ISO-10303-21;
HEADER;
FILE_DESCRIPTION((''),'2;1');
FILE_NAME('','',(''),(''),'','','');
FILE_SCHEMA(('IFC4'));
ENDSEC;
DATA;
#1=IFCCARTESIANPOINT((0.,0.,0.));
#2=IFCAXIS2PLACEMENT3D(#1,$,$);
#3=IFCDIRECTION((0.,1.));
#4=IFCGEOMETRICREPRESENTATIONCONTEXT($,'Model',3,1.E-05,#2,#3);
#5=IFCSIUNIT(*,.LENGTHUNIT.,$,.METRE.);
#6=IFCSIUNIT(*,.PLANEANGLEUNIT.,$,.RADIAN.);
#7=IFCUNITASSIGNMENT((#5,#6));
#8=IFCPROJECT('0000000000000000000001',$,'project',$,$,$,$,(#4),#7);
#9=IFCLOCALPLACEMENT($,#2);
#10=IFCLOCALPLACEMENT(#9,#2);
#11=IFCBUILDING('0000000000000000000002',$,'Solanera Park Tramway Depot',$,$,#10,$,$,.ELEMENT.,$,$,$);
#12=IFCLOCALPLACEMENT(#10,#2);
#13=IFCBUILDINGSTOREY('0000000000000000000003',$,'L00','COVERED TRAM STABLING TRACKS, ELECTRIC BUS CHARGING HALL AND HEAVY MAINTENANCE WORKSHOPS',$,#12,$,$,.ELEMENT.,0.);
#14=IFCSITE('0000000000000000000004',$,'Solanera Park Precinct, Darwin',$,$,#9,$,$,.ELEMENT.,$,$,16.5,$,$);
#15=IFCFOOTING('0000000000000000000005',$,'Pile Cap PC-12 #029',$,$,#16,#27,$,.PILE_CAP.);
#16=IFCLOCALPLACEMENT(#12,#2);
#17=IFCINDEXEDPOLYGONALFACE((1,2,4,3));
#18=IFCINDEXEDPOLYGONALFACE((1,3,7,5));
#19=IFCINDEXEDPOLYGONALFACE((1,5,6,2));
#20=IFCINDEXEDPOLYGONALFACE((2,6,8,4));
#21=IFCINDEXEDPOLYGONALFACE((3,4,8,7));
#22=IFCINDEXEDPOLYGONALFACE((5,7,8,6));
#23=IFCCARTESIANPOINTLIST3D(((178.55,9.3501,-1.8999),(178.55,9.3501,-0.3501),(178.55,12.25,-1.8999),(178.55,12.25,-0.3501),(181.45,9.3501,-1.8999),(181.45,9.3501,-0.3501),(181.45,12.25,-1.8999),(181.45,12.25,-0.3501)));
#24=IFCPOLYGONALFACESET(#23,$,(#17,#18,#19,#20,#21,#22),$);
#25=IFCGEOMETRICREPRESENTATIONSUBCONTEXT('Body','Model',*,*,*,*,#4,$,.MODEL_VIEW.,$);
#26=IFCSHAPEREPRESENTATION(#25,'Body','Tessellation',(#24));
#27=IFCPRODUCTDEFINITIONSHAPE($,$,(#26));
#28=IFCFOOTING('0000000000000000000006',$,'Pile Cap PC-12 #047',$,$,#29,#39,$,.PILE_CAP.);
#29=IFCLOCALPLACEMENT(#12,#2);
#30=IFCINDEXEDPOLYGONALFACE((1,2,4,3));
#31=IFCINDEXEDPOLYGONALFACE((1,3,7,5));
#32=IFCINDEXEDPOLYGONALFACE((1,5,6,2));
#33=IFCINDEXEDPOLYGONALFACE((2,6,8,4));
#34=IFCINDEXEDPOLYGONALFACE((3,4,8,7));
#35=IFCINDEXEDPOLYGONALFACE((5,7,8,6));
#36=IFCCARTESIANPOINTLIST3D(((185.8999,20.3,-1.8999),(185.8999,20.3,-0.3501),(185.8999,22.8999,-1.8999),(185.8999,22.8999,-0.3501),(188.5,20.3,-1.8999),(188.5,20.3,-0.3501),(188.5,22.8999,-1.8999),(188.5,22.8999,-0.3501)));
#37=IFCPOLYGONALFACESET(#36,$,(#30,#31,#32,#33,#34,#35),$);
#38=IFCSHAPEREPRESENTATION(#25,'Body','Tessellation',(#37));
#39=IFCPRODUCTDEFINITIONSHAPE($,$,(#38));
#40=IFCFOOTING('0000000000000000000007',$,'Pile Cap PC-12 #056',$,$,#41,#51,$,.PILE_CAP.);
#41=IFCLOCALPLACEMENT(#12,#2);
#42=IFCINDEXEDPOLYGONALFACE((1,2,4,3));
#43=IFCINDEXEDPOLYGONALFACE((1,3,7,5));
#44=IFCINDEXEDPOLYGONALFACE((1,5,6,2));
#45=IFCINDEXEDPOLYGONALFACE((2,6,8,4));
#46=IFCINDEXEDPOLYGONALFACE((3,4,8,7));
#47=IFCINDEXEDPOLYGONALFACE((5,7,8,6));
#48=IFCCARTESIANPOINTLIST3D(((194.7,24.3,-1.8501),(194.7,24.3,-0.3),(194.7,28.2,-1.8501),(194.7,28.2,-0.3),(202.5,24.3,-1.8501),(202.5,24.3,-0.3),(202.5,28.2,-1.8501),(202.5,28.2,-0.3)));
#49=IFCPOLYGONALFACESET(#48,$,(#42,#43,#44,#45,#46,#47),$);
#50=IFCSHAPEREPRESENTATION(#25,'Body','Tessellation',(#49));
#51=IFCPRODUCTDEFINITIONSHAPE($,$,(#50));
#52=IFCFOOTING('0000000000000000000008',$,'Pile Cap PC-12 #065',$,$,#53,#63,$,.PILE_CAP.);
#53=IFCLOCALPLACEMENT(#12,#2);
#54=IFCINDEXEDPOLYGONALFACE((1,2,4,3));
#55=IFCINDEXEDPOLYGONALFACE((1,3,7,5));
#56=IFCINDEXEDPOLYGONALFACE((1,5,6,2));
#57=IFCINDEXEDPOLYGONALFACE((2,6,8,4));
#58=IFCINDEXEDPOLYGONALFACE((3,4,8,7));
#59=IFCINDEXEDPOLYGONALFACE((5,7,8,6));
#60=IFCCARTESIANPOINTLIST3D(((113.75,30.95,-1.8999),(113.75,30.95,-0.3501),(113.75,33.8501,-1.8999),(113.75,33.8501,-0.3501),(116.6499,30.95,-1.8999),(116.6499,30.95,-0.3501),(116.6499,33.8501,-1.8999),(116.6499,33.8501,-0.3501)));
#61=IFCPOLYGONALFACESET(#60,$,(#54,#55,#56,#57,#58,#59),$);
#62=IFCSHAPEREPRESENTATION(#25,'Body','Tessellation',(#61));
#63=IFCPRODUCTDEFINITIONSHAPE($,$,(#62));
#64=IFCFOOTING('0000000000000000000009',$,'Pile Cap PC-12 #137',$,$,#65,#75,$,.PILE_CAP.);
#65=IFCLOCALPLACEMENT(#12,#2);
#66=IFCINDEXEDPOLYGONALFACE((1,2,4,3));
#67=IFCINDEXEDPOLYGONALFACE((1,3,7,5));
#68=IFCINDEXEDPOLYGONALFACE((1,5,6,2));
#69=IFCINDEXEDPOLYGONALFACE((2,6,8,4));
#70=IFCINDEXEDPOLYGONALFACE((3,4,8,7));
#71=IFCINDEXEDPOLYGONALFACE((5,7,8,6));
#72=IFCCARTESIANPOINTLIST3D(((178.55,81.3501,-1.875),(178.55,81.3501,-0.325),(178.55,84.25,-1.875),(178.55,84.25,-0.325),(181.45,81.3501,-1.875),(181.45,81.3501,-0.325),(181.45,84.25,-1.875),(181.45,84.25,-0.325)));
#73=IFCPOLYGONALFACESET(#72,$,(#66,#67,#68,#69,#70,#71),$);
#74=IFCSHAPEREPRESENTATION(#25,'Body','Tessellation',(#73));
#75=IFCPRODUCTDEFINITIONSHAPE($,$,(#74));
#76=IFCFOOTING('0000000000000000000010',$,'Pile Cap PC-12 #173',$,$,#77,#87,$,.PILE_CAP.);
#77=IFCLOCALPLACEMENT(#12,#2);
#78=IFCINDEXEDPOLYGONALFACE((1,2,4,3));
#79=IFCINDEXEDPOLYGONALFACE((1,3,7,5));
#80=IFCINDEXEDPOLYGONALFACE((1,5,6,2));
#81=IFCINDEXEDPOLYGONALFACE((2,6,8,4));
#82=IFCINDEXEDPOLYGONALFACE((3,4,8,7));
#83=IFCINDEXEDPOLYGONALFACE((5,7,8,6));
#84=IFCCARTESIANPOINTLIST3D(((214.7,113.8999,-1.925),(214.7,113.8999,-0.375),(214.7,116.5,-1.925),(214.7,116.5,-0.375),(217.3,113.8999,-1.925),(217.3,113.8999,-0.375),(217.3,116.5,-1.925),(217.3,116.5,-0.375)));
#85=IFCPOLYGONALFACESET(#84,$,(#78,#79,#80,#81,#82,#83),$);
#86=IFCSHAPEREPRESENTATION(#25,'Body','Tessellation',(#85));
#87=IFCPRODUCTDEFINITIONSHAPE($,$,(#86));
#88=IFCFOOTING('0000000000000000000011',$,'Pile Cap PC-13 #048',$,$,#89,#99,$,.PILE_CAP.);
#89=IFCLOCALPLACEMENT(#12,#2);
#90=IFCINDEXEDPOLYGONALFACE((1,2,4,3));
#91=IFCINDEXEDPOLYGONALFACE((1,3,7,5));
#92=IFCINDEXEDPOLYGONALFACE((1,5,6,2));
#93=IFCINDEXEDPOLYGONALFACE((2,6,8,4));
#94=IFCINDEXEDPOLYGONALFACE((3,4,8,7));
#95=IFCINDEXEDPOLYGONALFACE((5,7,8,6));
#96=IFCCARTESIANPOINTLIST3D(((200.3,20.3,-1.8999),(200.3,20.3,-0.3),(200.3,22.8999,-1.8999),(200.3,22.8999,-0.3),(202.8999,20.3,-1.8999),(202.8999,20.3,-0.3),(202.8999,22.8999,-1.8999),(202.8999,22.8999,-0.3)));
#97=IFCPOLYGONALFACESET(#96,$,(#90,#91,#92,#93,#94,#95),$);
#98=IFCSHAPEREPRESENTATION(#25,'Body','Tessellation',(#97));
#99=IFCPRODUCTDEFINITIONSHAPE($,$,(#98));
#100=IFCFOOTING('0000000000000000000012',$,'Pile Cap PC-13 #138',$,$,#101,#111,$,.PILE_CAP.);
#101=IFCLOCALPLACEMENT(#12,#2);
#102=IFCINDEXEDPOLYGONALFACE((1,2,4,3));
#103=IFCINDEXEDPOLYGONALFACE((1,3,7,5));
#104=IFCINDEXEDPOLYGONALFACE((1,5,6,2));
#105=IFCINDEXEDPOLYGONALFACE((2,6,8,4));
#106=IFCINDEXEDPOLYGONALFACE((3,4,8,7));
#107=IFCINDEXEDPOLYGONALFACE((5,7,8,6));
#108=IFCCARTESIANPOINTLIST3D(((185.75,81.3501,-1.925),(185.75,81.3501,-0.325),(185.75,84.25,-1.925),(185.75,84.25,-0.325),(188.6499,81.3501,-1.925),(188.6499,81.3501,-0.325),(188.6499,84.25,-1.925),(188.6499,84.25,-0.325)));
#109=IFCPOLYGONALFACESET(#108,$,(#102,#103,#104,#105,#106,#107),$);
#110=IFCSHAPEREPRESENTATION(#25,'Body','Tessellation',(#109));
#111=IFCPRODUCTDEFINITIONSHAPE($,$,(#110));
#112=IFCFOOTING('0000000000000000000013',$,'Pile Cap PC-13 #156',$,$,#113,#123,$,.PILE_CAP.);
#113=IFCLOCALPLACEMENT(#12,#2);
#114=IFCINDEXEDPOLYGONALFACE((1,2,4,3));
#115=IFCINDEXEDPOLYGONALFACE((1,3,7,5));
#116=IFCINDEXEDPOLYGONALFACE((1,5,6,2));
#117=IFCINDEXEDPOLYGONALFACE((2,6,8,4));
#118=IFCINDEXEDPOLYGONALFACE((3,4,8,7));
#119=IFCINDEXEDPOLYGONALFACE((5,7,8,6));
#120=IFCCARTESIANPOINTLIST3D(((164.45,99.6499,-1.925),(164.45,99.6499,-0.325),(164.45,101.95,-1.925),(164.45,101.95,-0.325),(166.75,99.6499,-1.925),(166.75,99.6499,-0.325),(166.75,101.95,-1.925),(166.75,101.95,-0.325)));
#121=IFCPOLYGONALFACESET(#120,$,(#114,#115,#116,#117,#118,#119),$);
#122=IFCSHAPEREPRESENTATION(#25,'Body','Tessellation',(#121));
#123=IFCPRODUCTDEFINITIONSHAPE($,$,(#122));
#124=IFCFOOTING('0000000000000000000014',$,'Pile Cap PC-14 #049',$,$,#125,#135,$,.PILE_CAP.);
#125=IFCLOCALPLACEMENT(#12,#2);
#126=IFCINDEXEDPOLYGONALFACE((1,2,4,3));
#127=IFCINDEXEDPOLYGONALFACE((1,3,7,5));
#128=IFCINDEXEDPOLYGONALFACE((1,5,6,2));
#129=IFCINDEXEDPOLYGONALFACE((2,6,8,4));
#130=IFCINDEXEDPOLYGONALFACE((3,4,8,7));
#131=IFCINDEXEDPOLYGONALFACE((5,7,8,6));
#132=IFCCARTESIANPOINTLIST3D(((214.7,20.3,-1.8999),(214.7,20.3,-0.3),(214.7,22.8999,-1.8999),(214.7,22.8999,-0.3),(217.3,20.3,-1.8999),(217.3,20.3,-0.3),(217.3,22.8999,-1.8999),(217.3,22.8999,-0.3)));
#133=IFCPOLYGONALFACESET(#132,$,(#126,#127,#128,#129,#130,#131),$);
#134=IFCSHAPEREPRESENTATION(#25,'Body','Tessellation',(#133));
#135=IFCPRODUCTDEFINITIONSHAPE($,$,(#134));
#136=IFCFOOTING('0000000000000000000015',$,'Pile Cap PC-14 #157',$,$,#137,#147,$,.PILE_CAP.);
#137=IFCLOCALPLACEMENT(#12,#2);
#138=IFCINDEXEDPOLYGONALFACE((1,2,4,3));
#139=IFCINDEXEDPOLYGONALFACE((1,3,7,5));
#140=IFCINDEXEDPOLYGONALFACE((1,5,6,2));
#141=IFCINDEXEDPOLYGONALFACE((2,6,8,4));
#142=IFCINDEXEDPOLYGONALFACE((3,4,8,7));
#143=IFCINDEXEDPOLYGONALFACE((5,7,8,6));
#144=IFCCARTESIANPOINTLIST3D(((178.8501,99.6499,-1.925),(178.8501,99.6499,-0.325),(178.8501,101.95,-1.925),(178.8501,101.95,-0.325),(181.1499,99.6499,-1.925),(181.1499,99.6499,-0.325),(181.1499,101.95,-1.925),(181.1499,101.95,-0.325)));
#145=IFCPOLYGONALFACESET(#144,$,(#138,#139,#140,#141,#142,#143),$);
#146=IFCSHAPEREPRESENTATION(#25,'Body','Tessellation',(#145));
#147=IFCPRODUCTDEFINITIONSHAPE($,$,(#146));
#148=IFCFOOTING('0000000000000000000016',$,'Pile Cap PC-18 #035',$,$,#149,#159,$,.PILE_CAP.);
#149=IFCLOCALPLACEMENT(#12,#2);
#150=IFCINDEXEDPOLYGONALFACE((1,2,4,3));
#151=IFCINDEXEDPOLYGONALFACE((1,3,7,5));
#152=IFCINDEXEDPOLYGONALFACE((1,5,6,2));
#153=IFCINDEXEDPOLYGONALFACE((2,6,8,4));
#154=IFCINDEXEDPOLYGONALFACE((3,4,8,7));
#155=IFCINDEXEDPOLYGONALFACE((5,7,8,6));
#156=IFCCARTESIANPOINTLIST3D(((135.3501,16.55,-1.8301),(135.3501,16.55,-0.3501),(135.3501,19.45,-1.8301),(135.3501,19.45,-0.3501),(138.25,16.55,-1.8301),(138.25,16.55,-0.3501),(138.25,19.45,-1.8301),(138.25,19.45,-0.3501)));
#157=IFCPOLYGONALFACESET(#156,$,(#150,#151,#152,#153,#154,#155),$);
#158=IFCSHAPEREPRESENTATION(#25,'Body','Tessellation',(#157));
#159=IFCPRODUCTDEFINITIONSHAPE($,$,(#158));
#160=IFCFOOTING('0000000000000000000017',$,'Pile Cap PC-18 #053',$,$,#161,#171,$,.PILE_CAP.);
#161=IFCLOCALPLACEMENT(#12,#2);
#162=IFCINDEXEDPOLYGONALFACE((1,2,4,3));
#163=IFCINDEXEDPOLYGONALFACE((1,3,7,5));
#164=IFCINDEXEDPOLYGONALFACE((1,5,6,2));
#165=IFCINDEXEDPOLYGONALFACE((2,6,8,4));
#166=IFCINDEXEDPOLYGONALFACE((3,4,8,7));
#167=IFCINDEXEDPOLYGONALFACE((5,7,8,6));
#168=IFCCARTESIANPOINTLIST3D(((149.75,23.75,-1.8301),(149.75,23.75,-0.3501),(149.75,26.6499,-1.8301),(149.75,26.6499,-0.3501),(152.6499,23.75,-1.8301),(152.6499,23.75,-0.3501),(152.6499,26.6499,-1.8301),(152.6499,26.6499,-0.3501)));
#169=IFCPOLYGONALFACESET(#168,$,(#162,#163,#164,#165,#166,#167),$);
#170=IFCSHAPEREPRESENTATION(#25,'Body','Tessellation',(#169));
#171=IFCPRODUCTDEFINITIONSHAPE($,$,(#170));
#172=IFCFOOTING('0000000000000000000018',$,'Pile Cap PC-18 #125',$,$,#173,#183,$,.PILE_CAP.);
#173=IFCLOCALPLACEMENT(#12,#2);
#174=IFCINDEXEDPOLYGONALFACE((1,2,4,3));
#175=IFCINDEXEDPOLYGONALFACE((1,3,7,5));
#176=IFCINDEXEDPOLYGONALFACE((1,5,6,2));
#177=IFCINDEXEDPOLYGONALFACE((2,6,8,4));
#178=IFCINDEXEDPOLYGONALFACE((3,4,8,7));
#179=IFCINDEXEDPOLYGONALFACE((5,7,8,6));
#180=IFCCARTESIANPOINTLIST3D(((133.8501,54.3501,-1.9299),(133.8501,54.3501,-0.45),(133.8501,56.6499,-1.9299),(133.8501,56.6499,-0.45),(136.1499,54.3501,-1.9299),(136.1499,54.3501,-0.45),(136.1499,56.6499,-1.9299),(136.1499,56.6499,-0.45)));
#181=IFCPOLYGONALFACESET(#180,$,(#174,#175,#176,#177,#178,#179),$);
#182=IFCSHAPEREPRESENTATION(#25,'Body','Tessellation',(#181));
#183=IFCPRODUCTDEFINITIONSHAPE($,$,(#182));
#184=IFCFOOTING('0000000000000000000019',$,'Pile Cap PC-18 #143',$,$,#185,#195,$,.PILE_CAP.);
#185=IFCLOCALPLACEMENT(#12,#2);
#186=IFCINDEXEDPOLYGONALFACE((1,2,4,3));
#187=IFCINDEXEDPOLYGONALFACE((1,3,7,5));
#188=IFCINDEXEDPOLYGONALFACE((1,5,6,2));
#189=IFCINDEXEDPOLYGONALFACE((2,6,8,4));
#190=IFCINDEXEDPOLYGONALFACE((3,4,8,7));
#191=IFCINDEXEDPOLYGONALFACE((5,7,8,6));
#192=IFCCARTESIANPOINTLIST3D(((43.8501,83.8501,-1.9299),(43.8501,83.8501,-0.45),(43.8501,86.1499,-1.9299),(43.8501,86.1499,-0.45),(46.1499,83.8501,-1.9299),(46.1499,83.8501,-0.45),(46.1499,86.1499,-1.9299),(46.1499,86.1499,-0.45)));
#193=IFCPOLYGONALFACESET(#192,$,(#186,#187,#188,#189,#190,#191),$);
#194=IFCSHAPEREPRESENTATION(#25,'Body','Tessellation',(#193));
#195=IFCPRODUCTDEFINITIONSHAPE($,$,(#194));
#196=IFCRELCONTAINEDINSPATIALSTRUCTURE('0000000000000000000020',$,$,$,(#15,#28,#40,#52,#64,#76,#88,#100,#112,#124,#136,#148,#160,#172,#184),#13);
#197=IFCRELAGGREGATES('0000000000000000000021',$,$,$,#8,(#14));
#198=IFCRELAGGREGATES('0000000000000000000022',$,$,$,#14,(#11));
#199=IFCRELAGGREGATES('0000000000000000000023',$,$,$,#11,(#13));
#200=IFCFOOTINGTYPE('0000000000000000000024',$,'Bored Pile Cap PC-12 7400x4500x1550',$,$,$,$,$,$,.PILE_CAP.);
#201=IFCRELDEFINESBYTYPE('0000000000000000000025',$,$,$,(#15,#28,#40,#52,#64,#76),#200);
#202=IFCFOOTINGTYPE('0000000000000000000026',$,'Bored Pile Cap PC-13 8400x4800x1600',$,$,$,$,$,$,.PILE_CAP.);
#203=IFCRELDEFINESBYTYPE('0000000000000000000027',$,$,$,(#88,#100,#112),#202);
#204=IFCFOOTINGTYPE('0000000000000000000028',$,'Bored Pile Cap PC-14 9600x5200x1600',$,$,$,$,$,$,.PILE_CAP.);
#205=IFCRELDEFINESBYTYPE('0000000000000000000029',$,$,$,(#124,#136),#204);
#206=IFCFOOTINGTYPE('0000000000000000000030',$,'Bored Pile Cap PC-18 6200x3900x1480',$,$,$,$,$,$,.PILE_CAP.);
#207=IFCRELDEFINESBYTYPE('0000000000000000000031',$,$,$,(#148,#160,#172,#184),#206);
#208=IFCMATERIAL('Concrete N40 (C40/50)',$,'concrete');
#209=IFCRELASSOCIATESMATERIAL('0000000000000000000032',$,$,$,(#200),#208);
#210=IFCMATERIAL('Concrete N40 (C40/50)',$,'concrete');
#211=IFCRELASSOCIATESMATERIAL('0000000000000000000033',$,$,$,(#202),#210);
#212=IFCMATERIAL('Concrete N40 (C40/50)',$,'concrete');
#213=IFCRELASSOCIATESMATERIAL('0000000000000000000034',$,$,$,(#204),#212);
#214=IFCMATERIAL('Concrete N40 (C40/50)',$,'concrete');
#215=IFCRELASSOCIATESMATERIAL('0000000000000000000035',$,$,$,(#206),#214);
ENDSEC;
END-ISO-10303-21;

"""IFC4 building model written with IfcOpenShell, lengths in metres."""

from ifc_helpers import new_model, si_unit, direction, frame, origin, place, context, subcontext, project, spatial, polyline, outline, extrude, material, type_object, element, save


model = new_model("IFC4")

# Units and contexts
model_context = context("Model", 3, precision=1e-05, world=origin(), true_north=direction((0.0, 1.0)))
body_context = subcontext(model_context, "Body", "Model", "MODEL_VIEW")
ifc_project = project(units=[si_unit("LENGTHUNIT", "METRE"), si_unit("PLANEANGLEUNIT", "RADIAN")], contexts=[model_context])

# Site, building, storey
site_placement = place(None, origin())
site = spatial("IfcSite", under=ifc_project, at=site_placement, Name="Solanera Park Precinct, Darwin", CompositionType="ELEMENT", RefElevation=16.5)
building_placement = place(site_placement, origin())
building = spatial("IfcBuilding", under=site, at=building_placement, Name="Solanera Park Tramway Depot", CompositionType="ELEMENT")
storey_placement = place(building_placement, origin())
storey = spatial("IfcBuildingStorey", under=building, at=storey_placement, Name="L00", Description="COVERED TRAM STABLING TRACKS, ELECTRIC BUS CHARGING HALL AND HEAVY MAINTENANCE WORKSHOPS", CompositionType="ELEMENT", Elevation=0.0)

# Footings
ifc_material_1 = material(Name="Concrete N40 (C40/50)", Category="concrete")
footing_type_1 = type_object("IfcFootingType", Name="Bored Pile Cap PC-12 7400x4500x1550", PredefinedType="PILE_CAP", material=ifc_material_1)
footing_1_placement = place(storey_placement, frame((0.0, 0.0, -1.8999)))
element("IfcFooting", 1, at=footing_1_placement, inside=storey, type_object=footing_type_1, Name="Pile Cap PC-12 #029", PredefinedType="PILE_CAP", context=body_context, shape_type="SweptSolid", body=[
    extrude(outline(polyline([(181.45, 9.3501), (181.45, 12.25), (178.55, 12.25), (178.55, 9.3501), (181.45, 9.3501)])), origin(), (0.0, 0.0, 1.0), 1.5498),
])
footing_2_placement = place(storey_placement, frame((0.0, 0.0, -1.8999)))
element("IfcFooting", 2, at=footing_2_placement, inside=storey, type_object=footing_type_1, Name="Pile Cap PC-12 #047", PredefinedType="PILE_CAP", context=body_context, shape_type="SweptSolid", body=[
    extrude(outline(polyline([(188.5, 20.3), (188.5, 22.8999), (185.8999, 22.8999), (185.8999, 20.3), (188.5, 20.3)])), origin(), (0.0, 0.0, 1.0), 1.5498),
])
footing_3_placement = place(storey_placement, frame((0.0, 0.0, -1.8501)))
element("IfcFooting", 3, at=footing_3_placement, inside=storey, type_object=footing_type_1, Name="Pile Cap PC-12 #056", PredefinedType="PILE_CAP", context=body_context, shape_type="SweptSolid", body=[
    extrude(outline(polyline([(202.5, 24.3), (202.5, 28.2), (194.7, 28.2), (194.7, 24.3), (202.5, 24.3)])), origin(), (0.0, 0.0, 1.0), 1.55),
])
footing_4_placement = place(storey_placement, frame((0.0, 0.0, -1.8999)))
element("IfcFooting", 4, at=footing_4_placement, inside=storey, type_object=footing_type_1, Name="Pile Cap PC-12 #065", PredefinedType="PILE_CAP", context=body_context, shape_type="SweptSolid", body=[
    extrude(outline(polyline([(116.6499, 30.95), (116.6499, 33.8501), (113.75, 33.8501), (113.75, 30.95), (116.6499, 30.95)])), origin(), (0.0, 0.0, 1.0), 1.5498),
])
footing_5_placement = place(storey_placement, frame((0.0, 0.0, -1.875)))
element("IfcFooting", 5, at=footing_5_placement, inside=storey, type_object=footing_type_1, Name="Pile Cap PC-12 #137", PredefinedType="PILE_CAP", context=body_context, shape_type="SweptSolid", body=[
    extrude(outline(polyline([(181.45, 81.3501), (181.45, 84.25), (178.55, 84.25), (178.55, 81.3501), (181.45, 81.3501)])), origin(), (0.0, 0.0, 1.0), 1.55),
])
footing_6_placement = place(storey_placement, frame((0.0, 0.0, -1.925)))
element("IfcFooting", 6, at=footing_6_placement, inside=storey, type_object=footing_type_1, Name="Pile Cap PC-12 #173", PredefinedType="PILE_CAP", context=body_context, shape_type="SweptSolid", body=[
    extrude(outline(polyline([(217.3, 113.8999), (217.3, 116.5), (214.7, 116.5), (214.7, 113.8999), (217.3, 113.8999)])), origin(), (0.0, 0.0, 1.0), 1.55),
])
ifc_material_2 = material(Name="Concrete N40 (C40/50)", Category="concrete")
footing_type_2 = type_object("IfcFootingType", Name="Bored Pile Cap PC-13 8400x4800x1600", PredefinedType="PILE_CAP", material=ifc_material_2)
footing_7_placement = place(storey_placement, frame((0.0, 0.0, -1.8999)))
element("IfcFooting", 7, at=footing_7_placement, inside=storey, type_object=footing_type_2, Name="Pile Cap PC-13 #048", PredefinedType="PILE_CAP", context=body_context, shape_type="SweptSolid", body=[
    extrude(outline(polyline([(202.8999, 20.3), (202.8999, 22.8999), (200.3, 22.8999), (200.3, 20.3), (202.8999, 20.3)])), origin(), (0.0, 0.0, 1.0), 1.5999),
])
footing_8_placement = place(storey_placement, frame((0.0, 0.0, -1.925)))
element("IfcFooting", 8, at=footing_8_placement, inside=storey, type_object=footing_type_2, Name="Pile Cap PC-13 #138", PredefinedType="PILE_CAP", context=body_context, shape_type="SweptSolid", body=[
    extrude(outline(polyline([(188.6499, 81.3501), (188.6499, 84.25), (185.75, 84.25), (185.75, 81.3501), (188.6499, 81.3501)])), origin(), (0.0, 0.0, 1.0), 1.6001),
])
footing_9_placement = place(storey_placement, frame((0.0, 0.0, -1.925)))
element("IfcFooting", 9, at=footing_9_placement, inside=storey, type_object=footing_type_2, Name="Pile Cap PC-13 #156", PredefinedType="PILE_CAP", context=body_context, shape_type="SweptSolid", body=[
    extrude(outline(polyline([(166.75, 99.6499), (166.75, 101.95), (164.45, 101.95), (164.45, 99.6499), (166.75, 99.6499)])), origin(), (0.0, 0.0, 1.0), 1.6001),
])
ifc_material_3 = material(Name="Concrete N40 (C40/50)", Category="concrete")
footing_type_3 = type_object("IfcFootingType", Name="Bored Pile Cap PC-14 9600x5200x1600", PredefinedType="PILE_CAP", material=ifc_material_3)
footing_10_placement = place(storey_placement, frame((0.0, 0.0, -1.8999)))
element("IfcFooting", 10, at=footing_10_placement, inside=storey, type_object=footing_type_3, Name="Pile Cap PC-14 #049", PredefinedType="PILE_CAP", context=body_context, shape_type="SweptSolid", body=[
    extrude(outline(polyline([(217.3, 20.3), (217.3, 22.8999), (214.7, 22.8999), (214.7, 20.3), (217.3, 20.3)])), origin(), (0.0, 0.0, 1.0), 1.5999),
])
footing_11_placement = place(storey_placement, frame((0.0, 0.0, -1.925)))
element("IfcFooting", 11, at=footing_11_placement, inside=storey, type_object=footing_type_3, Name="Pile Cap PC-14 #157", PredefinedType="PILE_CAP", context=body_context, shape_type="SweptSolid", body=[
    extrude(outline(polyline([(181.1499, 99.6499), (181.1499, 101.95), (178.8501, 101.95), (178.8501, 99.6499), (181.1499, 99.6499)])), origin(), (0.0, 0.0, 1.0), 1.6001),
])
ifc_material_4 = material(Name="Concrete N40 (C40/50)", Category="concrete")
footing_type_4 = type_object("IfcFootingType", Name="Bored Pile Cap PC-18 6200x3900x1480", PredefinedType="PILE_CAP", material=ifc_material_4)
footing_12_placement = place(storey_placement, frame((0.0, 0.0, -1.8301)))
element("IfcFooting", 12, at=footing_12_placement, inside=storey, type_object=footing_type_4, Name="Pile Cap PC-18 #035", PredefinedType="PILE_CAP", context=body_context, shape_type="SweptSolid", body=[
    extrude(outline(polyline([(138.25, 16.55), (138.25, 19.45), (135.3501, 19.45), (135.3501, 16.55), (138.25, 16.55)])), origin(), (0.0, 0.0, 1.0), 1.48),
])
footing_13_placement = place(storey_placement, frame((0.0, 0.0, -1.8301)))
element("IfcFooting", 13, at=footing_13_placement, inside=storey, type_object=footing_type_4, Name="Pile Cap PC-18 #053", PredefinedType="PILE_CAP", context=body_context, shape_type="SweptSolid", body=[
    extrude(outline(polyline([(152.6499, 23.75), (152.6499, 26.6499), (149.75, 26.6499), (149.75, 23.75), (152.6499, 23.75)])), origin(), (0.0, 0.0, 1.0), 1.48),
])
footing_14_placement = place(storey_placement, frame((0.0, 0.0, -1.9299)))
element("IfcFooting", 14, at=footing_14_placement, inside=storey, type_object=footing_type_4, Name="Pile Cap PC-18 #125", PredefinedType="PILE_CAP", context=body_context, shape_type="SweptSolid", body=[
    extrude(outline(polyline([(136.1499, 54.3501), (136.1499, 56.6499), (133.8501, 56.6499), (133.8501, 54.3501), (136.1499, 54.3501)])), origin(), (0.0, 0.0, 1.0), 1.48),
])
footing_15_placement = place(storey_placement, frame((0.0, 0.0, -1.9299)))
element("IfcFooting", 15, at=footing_15_placement, inside=storey, type_object=footing_type_4, Name="Pile Cap PC-18 #143", PredefinedType="PILE_CAP", context=body_context, shape_type="SweptSolid", body=[
    extrude(outline(polyline([(46.1499, 83.8501), (46.1499, 86.1499), (43.8501, 86.1499), (43.8501, 83.8501), (46.1499, 83.8501)])), origin(), (0.0, 0.0, 1.0), 1.48),
])

save(model, "model.ifc")
